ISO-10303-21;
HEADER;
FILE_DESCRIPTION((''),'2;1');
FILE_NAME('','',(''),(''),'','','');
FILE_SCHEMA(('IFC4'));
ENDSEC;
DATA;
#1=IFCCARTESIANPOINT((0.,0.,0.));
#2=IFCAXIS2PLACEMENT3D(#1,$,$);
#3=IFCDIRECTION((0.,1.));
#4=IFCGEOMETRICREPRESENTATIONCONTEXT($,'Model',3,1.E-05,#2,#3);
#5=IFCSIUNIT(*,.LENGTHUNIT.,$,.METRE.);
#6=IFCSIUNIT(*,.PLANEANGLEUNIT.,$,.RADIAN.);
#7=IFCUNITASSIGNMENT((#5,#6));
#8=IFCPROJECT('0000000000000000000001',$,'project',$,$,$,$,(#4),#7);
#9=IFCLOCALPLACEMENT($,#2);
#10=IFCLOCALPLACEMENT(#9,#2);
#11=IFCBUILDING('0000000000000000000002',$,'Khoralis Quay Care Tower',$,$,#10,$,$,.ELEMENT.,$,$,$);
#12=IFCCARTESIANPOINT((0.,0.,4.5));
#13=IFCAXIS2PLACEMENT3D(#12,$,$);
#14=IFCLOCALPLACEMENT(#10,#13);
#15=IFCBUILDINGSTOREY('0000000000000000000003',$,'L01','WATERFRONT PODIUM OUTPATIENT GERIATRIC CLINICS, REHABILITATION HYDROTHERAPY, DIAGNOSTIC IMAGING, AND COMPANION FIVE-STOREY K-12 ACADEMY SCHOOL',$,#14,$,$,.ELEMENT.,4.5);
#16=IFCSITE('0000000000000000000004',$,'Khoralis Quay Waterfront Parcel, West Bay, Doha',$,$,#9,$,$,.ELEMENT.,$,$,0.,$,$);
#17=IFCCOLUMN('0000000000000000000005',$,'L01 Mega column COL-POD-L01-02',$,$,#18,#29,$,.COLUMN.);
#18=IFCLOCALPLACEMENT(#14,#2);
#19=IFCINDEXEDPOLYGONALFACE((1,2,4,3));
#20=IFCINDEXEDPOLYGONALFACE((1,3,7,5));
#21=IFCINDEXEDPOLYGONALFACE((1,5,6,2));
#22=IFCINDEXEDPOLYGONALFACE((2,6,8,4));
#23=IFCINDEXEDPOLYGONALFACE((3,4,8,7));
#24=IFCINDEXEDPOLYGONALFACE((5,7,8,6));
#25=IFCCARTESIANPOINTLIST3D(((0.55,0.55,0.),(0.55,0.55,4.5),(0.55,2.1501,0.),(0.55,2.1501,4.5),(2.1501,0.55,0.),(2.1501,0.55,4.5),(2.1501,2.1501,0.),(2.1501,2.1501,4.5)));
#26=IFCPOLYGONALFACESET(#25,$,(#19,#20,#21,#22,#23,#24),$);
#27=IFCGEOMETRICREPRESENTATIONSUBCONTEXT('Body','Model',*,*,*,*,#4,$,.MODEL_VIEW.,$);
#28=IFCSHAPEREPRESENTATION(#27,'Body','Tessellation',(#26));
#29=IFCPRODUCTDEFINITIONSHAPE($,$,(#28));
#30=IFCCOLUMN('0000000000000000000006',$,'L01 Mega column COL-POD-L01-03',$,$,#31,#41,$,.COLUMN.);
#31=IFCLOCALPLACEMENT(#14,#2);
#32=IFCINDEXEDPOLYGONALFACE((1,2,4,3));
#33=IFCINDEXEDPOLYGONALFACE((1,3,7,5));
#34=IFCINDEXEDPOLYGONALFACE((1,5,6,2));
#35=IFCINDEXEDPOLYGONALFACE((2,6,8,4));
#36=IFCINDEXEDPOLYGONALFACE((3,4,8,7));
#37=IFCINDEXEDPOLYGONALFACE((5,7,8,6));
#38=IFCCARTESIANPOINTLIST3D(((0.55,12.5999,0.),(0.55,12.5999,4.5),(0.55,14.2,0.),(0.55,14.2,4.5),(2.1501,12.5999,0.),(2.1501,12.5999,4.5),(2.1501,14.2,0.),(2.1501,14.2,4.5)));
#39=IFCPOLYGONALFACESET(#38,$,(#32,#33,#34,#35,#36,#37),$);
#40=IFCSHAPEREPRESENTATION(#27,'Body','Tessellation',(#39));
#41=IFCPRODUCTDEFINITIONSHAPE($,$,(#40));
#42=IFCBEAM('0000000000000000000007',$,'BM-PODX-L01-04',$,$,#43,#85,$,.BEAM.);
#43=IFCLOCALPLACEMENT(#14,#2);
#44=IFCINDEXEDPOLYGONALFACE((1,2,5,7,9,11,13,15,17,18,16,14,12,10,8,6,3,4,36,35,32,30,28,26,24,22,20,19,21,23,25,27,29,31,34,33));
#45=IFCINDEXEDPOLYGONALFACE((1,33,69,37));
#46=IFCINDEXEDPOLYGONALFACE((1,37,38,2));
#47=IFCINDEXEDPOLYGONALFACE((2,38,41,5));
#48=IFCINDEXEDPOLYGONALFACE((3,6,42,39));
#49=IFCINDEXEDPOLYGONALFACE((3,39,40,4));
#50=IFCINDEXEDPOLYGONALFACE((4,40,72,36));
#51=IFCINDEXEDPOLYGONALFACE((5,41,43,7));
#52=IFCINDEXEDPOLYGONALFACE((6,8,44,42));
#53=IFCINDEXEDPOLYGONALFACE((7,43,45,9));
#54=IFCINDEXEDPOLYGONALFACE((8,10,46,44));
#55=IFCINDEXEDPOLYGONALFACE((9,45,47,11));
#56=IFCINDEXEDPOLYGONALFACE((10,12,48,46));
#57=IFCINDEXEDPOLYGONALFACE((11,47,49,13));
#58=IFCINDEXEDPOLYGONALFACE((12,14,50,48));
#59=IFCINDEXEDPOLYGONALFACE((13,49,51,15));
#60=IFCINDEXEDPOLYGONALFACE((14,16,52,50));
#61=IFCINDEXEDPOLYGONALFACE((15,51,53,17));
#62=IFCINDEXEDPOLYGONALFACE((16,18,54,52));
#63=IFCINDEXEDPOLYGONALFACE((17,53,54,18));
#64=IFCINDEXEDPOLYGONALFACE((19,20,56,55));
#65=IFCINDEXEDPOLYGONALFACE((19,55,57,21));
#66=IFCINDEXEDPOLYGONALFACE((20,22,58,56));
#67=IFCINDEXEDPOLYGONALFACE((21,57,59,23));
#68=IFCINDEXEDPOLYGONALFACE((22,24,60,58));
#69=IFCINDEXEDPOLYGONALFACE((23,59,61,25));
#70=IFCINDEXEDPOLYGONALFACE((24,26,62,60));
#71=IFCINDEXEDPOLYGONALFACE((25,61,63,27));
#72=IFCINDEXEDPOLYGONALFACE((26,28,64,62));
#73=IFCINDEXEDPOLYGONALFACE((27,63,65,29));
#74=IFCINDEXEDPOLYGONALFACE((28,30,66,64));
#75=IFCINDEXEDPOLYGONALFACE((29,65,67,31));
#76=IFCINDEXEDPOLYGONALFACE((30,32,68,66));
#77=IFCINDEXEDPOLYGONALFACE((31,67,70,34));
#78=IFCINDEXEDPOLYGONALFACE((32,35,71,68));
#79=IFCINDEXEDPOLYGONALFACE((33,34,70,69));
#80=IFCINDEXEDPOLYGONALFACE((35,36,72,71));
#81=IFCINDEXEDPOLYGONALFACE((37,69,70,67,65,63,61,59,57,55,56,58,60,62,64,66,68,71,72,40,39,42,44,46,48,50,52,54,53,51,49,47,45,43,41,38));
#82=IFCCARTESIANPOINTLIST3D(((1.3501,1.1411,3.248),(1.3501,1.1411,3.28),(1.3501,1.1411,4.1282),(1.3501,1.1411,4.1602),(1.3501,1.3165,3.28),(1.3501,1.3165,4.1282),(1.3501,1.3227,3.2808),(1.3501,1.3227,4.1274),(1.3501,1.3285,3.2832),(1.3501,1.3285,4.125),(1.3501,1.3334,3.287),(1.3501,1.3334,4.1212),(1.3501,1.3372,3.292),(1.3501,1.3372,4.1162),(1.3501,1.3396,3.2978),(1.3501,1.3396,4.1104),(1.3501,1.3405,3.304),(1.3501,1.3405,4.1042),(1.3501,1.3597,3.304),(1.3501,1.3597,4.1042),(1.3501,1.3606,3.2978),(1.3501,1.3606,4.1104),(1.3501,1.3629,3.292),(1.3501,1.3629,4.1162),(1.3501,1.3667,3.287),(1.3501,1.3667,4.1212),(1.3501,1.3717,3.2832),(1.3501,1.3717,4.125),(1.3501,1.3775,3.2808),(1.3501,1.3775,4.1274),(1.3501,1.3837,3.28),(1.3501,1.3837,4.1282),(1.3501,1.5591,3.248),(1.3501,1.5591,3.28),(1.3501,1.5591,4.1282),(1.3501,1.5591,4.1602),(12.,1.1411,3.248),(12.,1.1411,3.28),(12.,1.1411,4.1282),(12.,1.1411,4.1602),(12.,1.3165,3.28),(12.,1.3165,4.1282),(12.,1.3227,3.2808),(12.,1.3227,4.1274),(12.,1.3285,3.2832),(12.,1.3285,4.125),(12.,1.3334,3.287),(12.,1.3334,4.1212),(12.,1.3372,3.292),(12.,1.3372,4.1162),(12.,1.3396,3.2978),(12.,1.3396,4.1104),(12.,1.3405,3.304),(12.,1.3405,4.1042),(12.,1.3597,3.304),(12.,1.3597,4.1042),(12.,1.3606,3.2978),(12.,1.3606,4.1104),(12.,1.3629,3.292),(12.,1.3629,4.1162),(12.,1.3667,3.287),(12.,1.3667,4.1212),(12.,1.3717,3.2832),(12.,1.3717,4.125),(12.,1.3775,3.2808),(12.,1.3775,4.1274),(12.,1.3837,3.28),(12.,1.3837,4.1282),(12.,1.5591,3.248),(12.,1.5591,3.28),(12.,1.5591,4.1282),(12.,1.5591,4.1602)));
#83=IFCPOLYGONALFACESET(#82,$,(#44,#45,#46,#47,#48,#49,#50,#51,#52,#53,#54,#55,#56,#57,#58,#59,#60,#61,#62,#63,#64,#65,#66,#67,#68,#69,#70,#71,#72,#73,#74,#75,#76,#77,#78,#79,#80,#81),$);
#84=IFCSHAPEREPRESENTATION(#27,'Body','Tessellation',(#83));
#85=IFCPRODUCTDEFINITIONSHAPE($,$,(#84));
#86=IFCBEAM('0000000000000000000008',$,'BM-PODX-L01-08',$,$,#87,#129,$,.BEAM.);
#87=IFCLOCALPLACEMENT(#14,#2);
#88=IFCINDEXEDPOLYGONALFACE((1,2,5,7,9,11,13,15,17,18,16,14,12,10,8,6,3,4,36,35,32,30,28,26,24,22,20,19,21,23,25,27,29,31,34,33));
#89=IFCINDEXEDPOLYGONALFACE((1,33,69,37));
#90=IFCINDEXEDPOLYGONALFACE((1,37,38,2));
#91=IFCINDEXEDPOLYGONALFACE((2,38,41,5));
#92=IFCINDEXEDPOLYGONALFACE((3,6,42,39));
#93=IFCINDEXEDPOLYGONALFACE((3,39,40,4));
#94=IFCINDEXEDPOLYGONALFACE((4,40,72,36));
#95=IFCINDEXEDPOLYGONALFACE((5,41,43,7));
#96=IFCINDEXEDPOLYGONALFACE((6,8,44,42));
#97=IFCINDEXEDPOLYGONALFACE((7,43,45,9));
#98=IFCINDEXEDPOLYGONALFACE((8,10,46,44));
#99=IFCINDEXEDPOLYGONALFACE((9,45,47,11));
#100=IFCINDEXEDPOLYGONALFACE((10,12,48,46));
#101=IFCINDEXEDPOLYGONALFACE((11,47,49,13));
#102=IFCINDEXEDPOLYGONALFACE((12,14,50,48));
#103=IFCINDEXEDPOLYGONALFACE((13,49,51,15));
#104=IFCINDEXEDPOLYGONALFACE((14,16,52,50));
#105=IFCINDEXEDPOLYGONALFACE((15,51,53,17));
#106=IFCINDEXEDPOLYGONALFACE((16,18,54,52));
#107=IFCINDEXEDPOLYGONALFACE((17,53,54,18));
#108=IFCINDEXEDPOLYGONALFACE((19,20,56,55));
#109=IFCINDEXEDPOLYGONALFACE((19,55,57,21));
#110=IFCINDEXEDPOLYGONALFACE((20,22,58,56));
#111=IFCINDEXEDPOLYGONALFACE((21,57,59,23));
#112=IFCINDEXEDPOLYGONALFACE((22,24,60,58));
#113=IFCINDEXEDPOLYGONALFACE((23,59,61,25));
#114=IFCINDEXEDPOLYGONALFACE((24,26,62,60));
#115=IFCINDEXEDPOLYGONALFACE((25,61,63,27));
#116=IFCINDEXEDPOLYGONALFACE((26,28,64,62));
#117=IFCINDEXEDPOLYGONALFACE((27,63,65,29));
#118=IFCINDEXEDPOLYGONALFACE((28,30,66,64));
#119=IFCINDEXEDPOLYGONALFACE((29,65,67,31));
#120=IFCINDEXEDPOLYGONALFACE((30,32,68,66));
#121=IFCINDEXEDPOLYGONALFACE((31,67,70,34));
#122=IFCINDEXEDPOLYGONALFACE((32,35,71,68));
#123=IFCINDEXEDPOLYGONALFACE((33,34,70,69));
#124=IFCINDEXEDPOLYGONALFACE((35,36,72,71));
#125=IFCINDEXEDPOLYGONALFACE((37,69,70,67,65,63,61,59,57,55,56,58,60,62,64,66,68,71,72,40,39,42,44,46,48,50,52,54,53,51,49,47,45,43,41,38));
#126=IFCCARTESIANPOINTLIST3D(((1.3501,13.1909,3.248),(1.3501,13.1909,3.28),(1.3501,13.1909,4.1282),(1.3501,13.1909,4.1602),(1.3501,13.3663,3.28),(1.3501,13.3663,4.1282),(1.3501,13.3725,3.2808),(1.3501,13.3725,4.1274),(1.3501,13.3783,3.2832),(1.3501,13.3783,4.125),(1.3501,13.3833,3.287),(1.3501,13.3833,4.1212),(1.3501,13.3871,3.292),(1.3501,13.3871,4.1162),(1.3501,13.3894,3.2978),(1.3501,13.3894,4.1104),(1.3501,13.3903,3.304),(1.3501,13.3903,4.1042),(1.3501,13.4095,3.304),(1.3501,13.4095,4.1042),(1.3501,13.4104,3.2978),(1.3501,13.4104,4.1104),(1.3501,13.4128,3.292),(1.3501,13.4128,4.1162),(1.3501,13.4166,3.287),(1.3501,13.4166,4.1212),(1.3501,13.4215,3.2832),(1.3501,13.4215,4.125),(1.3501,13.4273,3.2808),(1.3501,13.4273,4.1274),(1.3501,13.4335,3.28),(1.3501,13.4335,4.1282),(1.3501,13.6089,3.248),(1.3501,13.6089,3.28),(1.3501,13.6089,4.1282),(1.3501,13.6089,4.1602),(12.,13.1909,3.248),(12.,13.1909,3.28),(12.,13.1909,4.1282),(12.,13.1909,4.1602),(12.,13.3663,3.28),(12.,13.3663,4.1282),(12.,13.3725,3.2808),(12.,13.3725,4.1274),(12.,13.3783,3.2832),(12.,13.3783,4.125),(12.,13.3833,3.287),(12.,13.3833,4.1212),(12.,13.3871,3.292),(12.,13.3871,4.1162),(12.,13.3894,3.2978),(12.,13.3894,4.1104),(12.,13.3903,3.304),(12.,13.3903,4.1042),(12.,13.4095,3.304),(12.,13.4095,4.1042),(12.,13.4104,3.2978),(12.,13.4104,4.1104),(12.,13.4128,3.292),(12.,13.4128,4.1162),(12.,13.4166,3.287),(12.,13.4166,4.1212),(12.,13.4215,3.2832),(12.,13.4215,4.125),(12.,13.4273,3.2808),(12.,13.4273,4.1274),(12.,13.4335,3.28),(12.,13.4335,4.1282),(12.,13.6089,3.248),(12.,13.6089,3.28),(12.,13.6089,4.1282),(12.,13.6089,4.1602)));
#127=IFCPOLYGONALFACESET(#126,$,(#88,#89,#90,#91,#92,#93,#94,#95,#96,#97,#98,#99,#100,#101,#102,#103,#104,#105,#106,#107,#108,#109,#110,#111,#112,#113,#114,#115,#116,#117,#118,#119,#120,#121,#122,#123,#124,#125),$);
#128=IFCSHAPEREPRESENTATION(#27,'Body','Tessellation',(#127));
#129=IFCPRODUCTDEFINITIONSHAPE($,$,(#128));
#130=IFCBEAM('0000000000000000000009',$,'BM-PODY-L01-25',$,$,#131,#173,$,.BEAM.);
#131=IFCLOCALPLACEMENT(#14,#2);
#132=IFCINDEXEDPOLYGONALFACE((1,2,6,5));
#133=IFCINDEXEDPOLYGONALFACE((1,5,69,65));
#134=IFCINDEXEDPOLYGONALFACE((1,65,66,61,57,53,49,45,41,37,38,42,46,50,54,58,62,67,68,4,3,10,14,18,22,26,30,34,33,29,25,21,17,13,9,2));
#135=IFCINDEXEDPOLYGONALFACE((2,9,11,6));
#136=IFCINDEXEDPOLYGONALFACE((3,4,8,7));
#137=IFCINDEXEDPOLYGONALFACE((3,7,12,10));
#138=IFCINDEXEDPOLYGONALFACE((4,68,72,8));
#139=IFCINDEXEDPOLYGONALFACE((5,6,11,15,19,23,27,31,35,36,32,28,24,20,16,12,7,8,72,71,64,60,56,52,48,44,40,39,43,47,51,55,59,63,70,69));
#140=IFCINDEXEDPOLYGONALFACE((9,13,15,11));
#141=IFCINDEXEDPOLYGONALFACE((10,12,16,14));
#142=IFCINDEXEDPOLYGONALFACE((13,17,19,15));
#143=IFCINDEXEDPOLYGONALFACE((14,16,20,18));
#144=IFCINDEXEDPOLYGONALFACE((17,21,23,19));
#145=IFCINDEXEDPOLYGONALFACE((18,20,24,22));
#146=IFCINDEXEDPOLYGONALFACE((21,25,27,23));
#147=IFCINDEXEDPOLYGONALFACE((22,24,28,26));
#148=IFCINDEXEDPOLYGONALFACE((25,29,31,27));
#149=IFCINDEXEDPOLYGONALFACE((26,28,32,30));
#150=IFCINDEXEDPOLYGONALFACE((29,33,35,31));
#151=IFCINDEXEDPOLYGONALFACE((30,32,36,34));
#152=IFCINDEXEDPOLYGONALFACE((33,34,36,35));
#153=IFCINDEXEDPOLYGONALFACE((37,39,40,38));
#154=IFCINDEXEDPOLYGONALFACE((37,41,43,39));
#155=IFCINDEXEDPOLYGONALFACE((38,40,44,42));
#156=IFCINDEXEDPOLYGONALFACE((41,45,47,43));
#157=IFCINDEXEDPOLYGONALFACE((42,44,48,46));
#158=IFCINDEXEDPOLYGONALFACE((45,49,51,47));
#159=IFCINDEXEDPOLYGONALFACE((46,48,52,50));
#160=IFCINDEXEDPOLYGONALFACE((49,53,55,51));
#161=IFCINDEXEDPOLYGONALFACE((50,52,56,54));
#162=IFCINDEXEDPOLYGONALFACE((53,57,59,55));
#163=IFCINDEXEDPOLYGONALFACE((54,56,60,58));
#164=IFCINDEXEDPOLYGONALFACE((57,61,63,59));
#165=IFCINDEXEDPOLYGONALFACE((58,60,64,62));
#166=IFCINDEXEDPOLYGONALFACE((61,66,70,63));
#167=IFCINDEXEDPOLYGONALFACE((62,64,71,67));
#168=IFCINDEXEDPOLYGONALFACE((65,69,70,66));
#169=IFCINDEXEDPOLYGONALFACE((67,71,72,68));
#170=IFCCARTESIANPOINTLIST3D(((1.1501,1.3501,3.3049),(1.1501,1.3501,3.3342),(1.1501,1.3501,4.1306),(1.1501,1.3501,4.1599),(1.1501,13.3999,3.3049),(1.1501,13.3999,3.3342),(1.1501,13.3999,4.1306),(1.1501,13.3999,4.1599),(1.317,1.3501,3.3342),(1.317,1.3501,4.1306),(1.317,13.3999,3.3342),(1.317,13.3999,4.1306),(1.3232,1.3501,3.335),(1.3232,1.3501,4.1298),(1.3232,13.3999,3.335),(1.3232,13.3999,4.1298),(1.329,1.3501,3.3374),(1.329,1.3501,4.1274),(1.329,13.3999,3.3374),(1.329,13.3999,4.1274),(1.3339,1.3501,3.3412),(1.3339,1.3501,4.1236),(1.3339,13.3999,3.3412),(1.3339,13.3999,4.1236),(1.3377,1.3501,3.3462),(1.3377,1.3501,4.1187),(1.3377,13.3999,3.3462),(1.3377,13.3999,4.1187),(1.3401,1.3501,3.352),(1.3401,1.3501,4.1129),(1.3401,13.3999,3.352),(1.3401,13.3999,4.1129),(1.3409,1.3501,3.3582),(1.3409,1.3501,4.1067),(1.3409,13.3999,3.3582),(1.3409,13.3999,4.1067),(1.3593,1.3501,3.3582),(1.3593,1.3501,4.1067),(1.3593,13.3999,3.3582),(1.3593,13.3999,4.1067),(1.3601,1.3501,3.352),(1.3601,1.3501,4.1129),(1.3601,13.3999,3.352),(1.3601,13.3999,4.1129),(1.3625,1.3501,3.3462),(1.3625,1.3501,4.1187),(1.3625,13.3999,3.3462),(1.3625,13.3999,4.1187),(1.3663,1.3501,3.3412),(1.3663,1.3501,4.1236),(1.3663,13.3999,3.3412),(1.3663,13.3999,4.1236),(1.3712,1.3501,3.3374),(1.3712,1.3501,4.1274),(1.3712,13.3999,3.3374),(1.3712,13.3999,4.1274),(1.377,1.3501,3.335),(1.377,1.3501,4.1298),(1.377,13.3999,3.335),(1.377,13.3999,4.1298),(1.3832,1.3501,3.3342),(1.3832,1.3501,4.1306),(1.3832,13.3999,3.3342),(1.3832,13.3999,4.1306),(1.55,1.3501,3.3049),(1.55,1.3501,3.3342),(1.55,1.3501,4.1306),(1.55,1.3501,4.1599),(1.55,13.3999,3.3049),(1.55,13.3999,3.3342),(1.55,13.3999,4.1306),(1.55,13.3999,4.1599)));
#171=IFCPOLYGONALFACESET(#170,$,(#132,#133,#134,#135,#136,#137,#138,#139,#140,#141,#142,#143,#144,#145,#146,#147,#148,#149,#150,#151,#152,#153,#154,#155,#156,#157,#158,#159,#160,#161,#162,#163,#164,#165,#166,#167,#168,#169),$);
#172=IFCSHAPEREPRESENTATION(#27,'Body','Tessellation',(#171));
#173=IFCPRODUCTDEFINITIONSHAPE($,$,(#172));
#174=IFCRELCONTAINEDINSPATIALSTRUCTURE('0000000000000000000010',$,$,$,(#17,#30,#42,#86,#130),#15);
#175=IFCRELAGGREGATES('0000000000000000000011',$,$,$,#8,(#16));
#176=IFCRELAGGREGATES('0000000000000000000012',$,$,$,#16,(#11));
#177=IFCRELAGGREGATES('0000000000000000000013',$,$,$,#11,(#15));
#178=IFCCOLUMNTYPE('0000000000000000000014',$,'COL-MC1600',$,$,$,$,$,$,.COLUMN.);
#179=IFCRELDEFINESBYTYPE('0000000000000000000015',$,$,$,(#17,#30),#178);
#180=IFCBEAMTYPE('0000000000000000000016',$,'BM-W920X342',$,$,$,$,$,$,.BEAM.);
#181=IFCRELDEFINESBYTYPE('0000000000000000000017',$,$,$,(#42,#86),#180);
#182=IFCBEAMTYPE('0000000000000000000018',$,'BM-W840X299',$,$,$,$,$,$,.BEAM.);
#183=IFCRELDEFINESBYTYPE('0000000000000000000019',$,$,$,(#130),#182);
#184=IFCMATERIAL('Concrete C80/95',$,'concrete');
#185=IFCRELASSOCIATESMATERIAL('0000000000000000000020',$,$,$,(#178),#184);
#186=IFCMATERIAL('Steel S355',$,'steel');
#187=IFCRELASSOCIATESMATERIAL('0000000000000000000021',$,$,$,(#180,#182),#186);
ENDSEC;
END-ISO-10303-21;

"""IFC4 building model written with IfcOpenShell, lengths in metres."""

from ifc_helpers import new_model, si_unit, direction, frame, origin, origin_2d, place, context, subcontext, project, spatial, rectangle, i_section, extrude, source, transform, mapped, material, material_profile, profile_set, type_object, element, save


model = new_model("IFC4")

# Units and contexts
model_context = context("Model", 3, precision=1e-05, world=origin(), true_north=direction((0.0, 1.0)))
body_context = subcontext(model_context, "Body", "Model", "MODEL_VIEW")
ifc_project = project(units=[si_unit("LENGTHUNIT", "METRE"), si_unit("PLANEANGLEUNIT", "RADIAN")], contexts=[model_context])

# Site, building, storey
site_placement = place(None, origin())
site = spatial("IfcSite", under=ifc_project, at=site_placement, Name="Khoralis Quay Waterfront Parcel, West Bay, Doha", CompositionType="ELEMENT", RefElevation=0.0)
building_placement = place(site_placement, origin())
building = spatial("IfcBuilding", under=site, at=building_placement, Name="Khoralis Quay Care Tower", CompositionType="ELEMENT")
storey_placement = place(building_placement, frame((0.0, 0.0, 4.5)))
storey = spatial("IfcBuildingStorey", under=building, at=storey_placement, Name="L01", Description="WATERFRONT PODIUM OUTPATIENT GERIATRIC CLINICS, REHABILITATION HYDROTHERAPY, DIAGNOSTIC IMAGING, AND COMPANION FIVE-STOREY K-12 ACADEMY SCHOOL", CompositionType="ELEMENT", Elevation=4.5)

# Columns
ifc_material_1 = material(Name="Concrete C80/95", Category="concrete")
ifc_material_profile_1 = material_profile(ifc_material_1, rectangle(XDim=1.6001, YDim=1.6001, at=origin_2d()), Name="Concrete C80/95")
ifc_profile_set_1 = profile_set([ifc_material_profile_1], Name="Concrete C80/95")
column_type = type_object("IfcColumnType", Name="COL-MC1600", PredefinedType="COLUMN", material=ifc_profile_set_1)
shared_shape_1 = source(origin(), body_context, "Body", "SweptSolid", [
    extrude(rectangle(XDim=1.6001, YDim=1.6001, at=origin_2d()), origin(), (0.0, 0.0, 1.0), 4.5),
])
for number, where, z_axis, x_axis, name in (
    (1, (1.3501, 1.3501, 0.0), (0.0, 0.0, 1.0), (1.0, 0.0, 0.0), "L01 Mega column COL-POD-L01-02"),
    (2, (1.3501, 13.3999, 0.0), (0.0, 0.0, 1.0), (1.0, 0.0, 0.0), "L01 Mega column COL-POD-L01-03"),
):
    element("IfcColumn", number, at=place(storey_placement, frame(where, z_axis=z_axis, x_axis=x_axis)), inside=storey, type_object=column_type, Name=name, PredefinedType="COLUMN", context=body_context, shape_type="MappedRepresentation", body=[
        mapped(shared_shape_1, transform((0.0, 0.0, 0.0), scale=1.0)),
    ])

# Beams
ifc_material_2 = material(Name="Steel S355", Category="steel")
ifc_material_profile_2 = material_profile(ifc_material_2, i_section(OverallWidth=0.418, OverallDepth=0.9121, WebThickness=0.0193, FlangeThickness=0.032, FilletRadius=0.0239, at=origin_2d()), Name="Steel S355")
ifc_profile_set_2 = profile_set([ifc_material_profile_2], Name="Steel S355")
beam_type_1 = type_object("IfcBeamType", Name="BM-W920X342", PredefinedType="BEAM", material=ifc_profile_set_2)
shared_shape_2 = source(origin(), body_context, "Body", "SweptSolid", [
    extrude(i_section(OverallWidth=0.418, OverallDepth=0.9121, WebThickness=0.0193, FlangeThickness=0.032, FilletRadius=0.0239, at=origin_2d()), origin(), (0.0, 0.0, 1.0), 10.6499),
])
for number, where, z_axis, x_axis, name in (
    (3, (1.3501, 1.3501, 3.7041), (1.0, 0.0, 0.0), (0.0, 1.0, 0.0), "BM-PODX-L01-04"),
    (4, (1.3501, 13.3999, 3.7041), (1.0, 0.0, 0.0), (0.0, 1.0, 0.0), "BM-PODX-L01-08"),
):
    element("IfcBeam", number, at=place(storey_placement, frame(where, z_axis=z_axis, x_axis=x_axis)), inside=storey, type_object=beam_type_1, Name=name, PredefinedType="BEAM", context=body_context, shape_type="MappedRepresentation", body=[
        mapped(shared_shape_2, transform((0.0, 0.0, 0.0), scale=1.0)),
    ])
ifc_material_profile_3 = material_profile(ifc_material_2, i_section(OverallWidth=0.3999, OverallDepth=0.855, WebThickness=0.0183, FlangeThickness=0.0293, FilletRadius=0.0239, at=origin_2d()), Name="Steel S355")
ifc_profile_set_3 = profile_set([ifc_material_profile_3], Name="Steel S355")
beam_type_2 = type_object("IfcBeamType", Name="BM-W840X299", PredefinedType="BEAM", material=ifc_profile_set_3)
shared_shape_3 = source(origin(), body_context, "Body", "SweptSolid", [
    extrude(i_section(OverallWidth=0.3999, OverallDepth=0.855, WebThickness=0.0183, FlangeThickness=0.0293, FilletRadius=0.0239, at=origin_2d()), origin(), (0.0, 0.0, 1.0), 12.0498),
])
beam_1_placement = place(storey_placement, frame((1.3501, 1.3501, 3.7324), z_axis=(0.0, 1.0, 0.0), x_axis=(-1.0, 0.0, 0.0)))
element("IfcBeam", 5, at=beam_1_placement, inside=storey, type_object=beam_type_2, Name="BM-PODY-L01-25", PredefinedType="BEAM", context=body_context, shape_type="MappedRepresentation", body=[
    mapped(shared_shape_3, transform((0.0, 0.0, 0.0), scale=1.0)),
])

save(model, "model.ifc")
